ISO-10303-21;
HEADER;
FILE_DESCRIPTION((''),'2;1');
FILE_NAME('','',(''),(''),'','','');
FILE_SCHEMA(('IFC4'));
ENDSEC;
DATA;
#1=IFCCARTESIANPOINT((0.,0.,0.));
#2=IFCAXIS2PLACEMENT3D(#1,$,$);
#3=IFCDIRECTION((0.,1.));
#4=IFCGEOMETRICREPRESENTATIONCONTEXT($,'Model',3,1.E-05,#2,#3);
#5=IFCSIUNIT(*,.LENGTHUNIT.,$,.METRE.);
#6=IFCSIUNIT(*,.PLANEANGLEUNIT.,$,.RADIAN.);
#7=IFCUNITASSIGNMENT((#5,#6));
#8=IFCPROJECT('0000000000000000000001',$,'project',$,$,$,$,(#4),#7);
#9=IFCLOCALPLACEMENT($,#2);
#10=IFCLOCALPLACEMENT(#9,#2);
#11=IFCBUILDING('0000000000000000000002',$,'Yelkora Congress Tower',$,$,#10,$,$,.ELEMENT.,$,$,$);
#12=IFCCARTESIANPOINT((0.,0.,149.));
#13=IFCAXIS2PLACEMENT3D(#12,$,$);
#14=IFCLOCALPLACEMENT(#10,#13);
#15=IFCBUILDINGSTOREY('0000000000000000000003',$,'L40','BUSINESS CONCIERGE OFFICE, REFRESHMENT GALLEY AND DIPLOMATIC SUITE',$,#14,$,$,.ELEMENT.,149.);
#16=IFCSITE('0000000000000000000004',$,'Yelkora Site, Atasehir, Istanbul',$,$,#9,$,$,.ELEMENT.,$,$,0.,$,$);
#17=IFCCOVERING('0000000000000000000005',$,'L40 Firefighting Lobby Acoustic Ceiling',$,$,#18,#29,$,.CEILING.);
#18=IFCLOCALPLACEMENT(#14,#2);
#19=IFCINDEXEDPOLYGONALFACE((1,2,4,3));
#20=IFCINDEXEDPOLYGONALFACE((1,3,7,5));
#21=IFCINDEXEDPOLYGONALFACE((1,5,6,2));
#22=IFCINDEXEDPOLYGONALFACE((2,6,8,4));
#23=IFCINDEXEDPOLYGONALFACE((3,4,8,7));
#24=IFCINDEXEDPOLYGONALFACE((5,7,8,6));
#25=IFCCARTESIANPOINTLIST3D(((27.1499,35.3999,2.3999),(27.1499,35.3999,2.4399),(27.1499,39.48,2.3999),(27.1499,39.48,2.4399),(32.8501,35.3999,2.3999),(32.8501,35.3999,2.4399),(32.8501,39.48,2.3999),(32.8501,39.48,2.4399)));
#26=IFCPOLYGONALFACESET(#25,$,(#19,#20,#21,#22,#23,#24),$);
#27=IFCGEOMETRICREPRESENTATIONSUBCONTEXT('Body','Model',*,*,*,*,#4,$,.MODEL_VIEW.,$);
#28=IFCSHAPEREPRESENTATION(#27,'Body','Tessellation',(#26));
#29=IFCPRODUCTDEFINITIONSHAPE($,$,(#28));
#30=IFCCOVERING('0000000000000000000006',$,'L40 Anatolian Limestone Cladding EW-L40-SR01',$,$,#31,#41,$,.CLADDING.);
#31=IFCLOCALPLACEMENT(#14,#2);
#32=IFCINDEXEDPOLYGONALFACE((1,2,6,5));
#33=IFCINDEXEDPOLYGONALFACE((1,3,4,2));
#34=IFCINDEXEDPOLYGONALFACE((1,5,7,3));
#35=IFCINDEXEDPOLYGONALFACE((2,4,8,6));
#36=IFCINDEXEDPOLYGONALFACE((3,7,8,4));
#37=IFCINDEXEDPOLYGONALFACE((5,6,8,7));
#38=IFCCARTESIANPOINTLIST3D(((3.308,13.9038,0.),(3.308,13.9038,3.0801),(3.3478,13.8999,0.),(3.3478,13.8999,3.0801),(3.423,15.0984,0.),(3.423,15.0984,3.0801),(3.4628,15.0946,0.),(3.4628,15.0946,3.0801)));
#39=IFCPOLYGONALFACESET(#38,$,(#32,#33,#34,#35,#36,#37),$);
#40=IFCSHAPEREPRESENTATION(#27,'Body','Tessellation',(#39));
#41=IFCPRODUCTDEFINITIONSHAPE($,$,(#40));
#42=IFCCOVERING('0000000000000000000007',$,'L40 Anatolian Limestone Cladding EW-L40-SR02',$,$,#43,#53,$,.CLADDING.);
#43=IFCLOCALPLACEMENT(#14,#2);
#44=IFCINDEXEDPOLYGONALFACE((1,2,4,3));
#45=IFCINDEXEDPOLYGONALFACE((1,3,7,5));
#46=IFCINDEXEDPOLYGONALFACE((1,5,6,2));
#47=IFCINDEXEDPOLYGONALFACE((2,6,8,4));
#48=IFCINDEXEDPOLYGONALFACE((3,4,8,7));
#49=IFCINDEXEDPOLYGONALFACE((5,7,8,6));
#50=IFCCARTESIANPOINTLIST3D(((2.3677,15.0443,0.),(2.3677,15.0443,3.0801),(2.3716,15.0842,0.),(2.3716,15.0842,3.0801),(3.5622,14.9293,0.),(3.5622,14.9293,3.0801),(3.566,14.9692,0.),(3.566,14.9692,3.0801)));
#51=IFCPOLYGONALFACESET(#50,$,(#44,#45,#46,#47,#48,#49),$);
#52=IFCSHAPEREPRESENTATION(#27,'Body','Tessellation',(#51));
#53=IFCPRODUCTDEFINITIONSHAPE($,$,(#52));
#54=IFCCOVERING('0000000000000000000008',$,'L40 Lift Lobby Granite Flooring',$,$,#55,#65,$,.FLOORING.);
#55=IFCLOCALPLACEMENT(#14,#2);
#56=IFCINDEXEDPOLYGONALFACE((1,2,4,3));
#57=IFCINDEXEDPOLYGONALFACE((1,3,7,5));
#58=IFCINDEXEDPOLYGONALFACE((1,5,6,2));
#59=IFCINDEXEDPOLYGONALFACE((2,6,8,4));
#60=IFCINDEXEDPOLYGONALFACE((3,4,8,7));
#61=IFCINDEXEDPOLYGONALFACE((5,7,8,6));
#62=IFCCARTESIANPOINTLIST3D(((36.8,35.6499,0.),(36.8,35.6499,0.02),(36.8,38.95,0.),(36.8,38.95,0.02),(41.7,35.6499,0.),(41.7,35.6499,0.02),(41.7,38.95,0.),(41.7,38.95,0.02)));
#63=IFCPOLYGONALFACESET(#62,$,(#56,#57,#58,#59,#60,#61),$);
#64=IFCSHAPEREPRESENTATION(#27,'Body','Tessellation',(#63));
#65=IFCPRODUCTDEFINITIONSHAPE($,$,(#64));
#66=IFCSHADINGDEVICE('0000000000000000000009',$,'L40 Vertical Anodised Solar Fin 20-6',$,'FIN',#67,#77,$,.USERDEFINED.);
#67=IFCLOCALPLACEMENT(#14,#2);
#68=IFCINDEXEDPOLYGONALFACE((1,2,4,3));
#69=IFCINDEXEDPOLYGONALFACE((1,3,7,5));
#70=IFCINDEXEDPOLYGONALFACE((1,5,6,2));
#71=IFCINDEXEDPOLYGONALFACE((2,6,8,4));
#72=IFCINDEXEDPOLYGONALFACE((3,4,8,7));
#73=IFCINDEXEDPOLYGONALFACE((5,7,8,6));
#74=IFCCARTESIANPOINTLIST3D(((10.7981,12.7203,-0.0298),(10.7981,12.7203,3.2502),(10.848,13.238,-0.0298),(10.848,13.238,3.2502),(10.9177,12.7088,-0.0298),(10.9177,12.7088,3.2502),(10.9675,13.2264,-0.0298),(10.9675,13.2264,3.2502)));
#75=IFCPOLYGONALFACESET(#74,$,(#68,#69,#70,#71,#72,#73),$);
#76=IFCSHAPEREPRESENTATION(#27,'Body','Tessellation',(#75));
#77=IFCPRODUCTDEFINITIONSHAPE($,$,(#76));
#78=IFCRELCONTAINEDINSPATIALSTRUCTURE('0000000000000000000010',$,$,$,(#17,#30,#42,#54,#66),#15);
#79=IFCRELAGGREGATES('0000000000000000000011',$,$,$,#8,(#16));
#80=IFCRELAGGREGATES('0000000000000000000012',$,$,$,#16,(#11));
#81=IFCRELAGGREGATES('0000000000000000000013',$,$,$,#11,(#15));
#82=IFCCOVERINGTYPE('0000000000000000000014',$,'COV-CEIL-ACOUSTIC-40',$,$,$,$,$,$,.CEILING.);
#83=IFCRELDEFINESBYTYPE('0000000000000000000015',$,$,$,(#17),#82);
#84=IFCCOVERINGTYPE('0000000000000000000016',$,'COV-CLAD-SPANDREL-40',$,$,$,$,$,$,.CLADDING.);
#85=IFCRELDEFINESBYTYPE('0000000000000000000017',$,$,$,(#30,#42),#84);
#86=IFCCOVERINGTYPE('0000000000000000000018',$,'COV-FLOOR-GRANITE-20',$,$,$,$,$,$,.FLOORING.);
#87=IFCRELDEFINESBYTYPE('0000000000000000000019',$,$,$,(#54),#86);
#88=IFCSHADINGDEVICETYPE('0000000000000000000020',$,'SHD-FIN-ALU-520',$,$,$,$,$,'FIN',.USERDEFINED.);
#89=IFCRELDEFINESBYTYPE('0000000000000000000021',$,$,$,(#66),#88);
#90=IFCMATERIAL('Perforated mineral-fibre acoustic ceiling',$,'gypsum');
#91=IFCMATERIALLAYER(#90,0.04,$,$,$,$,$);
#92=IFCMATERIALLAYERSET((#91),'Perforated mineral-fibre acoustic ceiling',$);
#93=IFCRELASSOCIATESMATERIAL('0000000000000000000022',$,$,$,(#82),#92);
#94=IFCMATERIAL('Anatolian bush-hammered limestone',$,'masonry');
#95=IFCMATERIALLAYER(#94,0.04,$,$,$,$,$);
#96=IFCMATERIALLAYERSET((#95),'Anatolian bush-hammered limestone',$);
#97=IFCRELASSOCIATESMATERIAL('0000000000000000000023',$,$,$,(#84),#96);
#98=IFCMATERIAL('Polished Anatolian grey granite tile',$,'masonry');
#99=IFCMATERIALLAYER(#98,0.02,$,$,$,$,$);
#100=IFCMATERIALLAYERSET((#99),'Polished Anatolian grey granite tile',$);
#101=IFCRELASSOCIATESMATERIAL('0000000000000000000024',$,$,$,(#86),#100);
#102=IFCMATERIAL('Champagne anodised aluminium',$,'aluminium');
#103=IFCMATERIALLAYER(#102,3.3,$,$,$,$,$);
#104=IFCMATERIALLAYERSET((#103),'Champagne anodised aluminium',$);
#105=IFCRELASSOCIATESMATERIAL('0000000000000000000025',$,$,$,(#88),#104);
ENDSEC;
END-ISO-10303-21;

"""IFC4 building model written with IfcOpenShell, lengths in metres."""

from ifc_helpers import new_model, si_unit, direction, frame, frame_2d, origin, origin_2d, place, context, subcontext, project, spatial, polyline, rectangle, outline, extrude, material, layer, layer_set, type_object, element, save


model = new_model("IFC4")

# Units and contexts
model_context = context("Model", 3, precision=1e-05, world=origin(), true_north=direction((0.0, 1.0)))
body_context = subcontext(model_context, "Body", "Model", "MODEL_VIEW")
ifc_project = project(units=[si_unit("LENGTHUNIT", "METRE"), si_unit("PLANEANGLEUNIT", "RADIAN")], contexts=[model_context])

# Site, building, storey
site_placement = place(None, origin())
site = spatial("IfcSite", under=ifc_project, at=site_placement, Name="Yelkora Site, Atasehir, Istanbul", CompositionType="ELEMENT", RefElevation=0.0)
building_placement = place(site_placement, origin())
building = spatial("IfcBuilding", under=site, at=building_placement, Name="Yelkora Congress Tower", CompositionType="ELEMENT")
storey_placement = place(building_placement, frame((0.0, 0.0, 149.0)))
storey = spatial("IfcBuildingStorey", under=building, at=storey_placement, Name="L40", Description="BUSINESS CONCIERGE OFFICE, REFRESHMENT GALLEY AND DIPLOMATIC SUITE", CompositionType="ELEMENT", Elevation=149.0)

# Coverings
ifc_material_1 = material(Name="Perforated mineral-fibre acoustic ceiling", Category="gypsum")
ifc_layer_1 = layer(ifc_material_1, 0.04)
ifc_layer_set_1 = layer_set([ifc_layer_1], Name="Perforated mineral-fibre acoustic ceiling")
covering_type_1 = type_object("IfcCoveringType", Name="COV-CEIL-ACOUSTIC-40", PredefinedType="CEILING", material=ifc_layer_set_1)
covering_1_placement = place(storey_placement, frame((0.0, 0.0, 2.3999)))
element("IfcCovering", 1, at=covering_1_placement, inside=storey, type_object=covering_type_1, Name="L40 Firefighting Lobby Acoustic Ceiling", PredefinedType="CEILING", context=body_context, shape_type="SweptSolid", body=[
    extrude(outline(polyline([(27.1499, 35.3999), (32.8501, 35.3999), (32.8501, 39.48), (27.1499, 39.48), (27.1499, 35.3999)])), origin(), (0.0, 0.0, 1.0), 0.04),
])
ifc_material_2 = material(Name="Anatolian bush-hammered limestone", Category="masonry")
ifc_layer_2 = layer(ifc_material_2, 0.04)
ifc_layer_set_2 = layer_set([ifc_layer_2], Name="Anatolian bush-hammered limestone")
covering_type_2 = type_object("IfcCoveringType", Name="COV-CLAD-SPANDREL-40", PredefinedType="CLADDING", material=ifc_layer_set_2)
covering_2_placement = place(storey_placement, frame((3.3279, 13.9019, 0.0), z_axis=(0.0, 0.0, 1.0), x_axis=(0.095817, 0.995399, 0.0)))
element("IfcCovering", 2, at=covering_2_placement, inside=storey, type_object=covering_type_2, Name="L40 Anatolian Limestone Cladding EW-L40-SR01", PredefinedType="CLADDING", context=body_context, shape_type="SweptSolid", body=[
    extrude(rectangle(XDim=1.2002, YDim=0.04, at=frame_2d((0.6001, 0.0))), origin(), (0.0, 0.0, 1.0), 3.0801),
])
covering_3_placement = place(storey_placement, frame((3.5642, 14.9492, 0.0), z_axis=(0.0, 0.0, 1.0), x_axis=(-0.995397, 0.095836, 0.0)))
element("IfcCovering", 3, at=covering_3_placement, inside=storey, type_object=covering_type_2, Name="L40 Anatolian Limestone Cladding EW-L40-SR02", PredefinedType="CLADDING", context=body_context, shape_type="SweptSolid", body=[
    extrude(rectangle(XDim=1.2, YDim=0.04, at=frame_2d((0.6001, 0.0))), origin(), (0.0, 0.0, 1.0), 3.0801),
])
ifc_material_3 = material(Name="Polished Anatolian grey granite tile", Category="masonry")
ifc_layer_3 = layer(ifc_material_3, 0.02)
ifc_layer_set_3 = layer_set([ifc_layer_3], Name="Polished Anatolian grey granite tile")
covering_type_3 = type_object("IfcCoveringType", Name="COV-FLOOR-GRANITE-20", PredefinedType="FLOORING", material=ifc_layer_set_3)
covering_4_placement = place(storey_placement, origin())
element("IfcCovering", 4, at=covering_4_placement, inside=storey, type_object=covering_type_3, Name="L40 Lift Lobby Granite Flooring", PredefinedType="FLOORING", context=body_context, shape_type="SweptSolid", body=[
    extrude(outline(polyline([(36.8, 35.6499), (41.7, 35.6499), (41.7, 38.95), (36.8, 38.95), (36.8, 35.6499)])), origin(), (0.0, 0.0, 1.0), 0.02),
])

# Shading device
ifc_material_4 = material(Name="Champagne anodised aluminium", Category="aluminium")
ifc_layer_4 = layer(ifc_material_4, 3.3)
ifc_layer_set_4 = layer_set([ifc_layer_4], Name="Champagne anodised aluminium")
shading_device_type = type_object("IfcShadingDeviceType", Name="SHD-FIN-ALU-520", ElementType="FIN", PredefinedType="USERDEFINED", material=ifc_layer_set_4)
shading_device_placement = place(storey_placement, frame((10.8828, 12.9734, -0.0298), z_axis=(0.0, 0.0, 1.0), x_axis=(-0.995396, 0.095846, 0.0)))
element("IfcShadingDevice", 5, at=shading_device_placement, inside=storey, type_object=shading_device_type, Name="L40 Vertical Anodised Solar Fin 20-6", ObjectType="FIN", PredefinedType="USERDEFINED", context=body_context, shape_type="SweptSolid", body=[
    extrude(rectangle(XDim=0.1201, YDim=0.52, at=origin_2d()), origin(), (0.0, 0.0, 1.0), 3.28),
])

save(model, "model.ifc")
